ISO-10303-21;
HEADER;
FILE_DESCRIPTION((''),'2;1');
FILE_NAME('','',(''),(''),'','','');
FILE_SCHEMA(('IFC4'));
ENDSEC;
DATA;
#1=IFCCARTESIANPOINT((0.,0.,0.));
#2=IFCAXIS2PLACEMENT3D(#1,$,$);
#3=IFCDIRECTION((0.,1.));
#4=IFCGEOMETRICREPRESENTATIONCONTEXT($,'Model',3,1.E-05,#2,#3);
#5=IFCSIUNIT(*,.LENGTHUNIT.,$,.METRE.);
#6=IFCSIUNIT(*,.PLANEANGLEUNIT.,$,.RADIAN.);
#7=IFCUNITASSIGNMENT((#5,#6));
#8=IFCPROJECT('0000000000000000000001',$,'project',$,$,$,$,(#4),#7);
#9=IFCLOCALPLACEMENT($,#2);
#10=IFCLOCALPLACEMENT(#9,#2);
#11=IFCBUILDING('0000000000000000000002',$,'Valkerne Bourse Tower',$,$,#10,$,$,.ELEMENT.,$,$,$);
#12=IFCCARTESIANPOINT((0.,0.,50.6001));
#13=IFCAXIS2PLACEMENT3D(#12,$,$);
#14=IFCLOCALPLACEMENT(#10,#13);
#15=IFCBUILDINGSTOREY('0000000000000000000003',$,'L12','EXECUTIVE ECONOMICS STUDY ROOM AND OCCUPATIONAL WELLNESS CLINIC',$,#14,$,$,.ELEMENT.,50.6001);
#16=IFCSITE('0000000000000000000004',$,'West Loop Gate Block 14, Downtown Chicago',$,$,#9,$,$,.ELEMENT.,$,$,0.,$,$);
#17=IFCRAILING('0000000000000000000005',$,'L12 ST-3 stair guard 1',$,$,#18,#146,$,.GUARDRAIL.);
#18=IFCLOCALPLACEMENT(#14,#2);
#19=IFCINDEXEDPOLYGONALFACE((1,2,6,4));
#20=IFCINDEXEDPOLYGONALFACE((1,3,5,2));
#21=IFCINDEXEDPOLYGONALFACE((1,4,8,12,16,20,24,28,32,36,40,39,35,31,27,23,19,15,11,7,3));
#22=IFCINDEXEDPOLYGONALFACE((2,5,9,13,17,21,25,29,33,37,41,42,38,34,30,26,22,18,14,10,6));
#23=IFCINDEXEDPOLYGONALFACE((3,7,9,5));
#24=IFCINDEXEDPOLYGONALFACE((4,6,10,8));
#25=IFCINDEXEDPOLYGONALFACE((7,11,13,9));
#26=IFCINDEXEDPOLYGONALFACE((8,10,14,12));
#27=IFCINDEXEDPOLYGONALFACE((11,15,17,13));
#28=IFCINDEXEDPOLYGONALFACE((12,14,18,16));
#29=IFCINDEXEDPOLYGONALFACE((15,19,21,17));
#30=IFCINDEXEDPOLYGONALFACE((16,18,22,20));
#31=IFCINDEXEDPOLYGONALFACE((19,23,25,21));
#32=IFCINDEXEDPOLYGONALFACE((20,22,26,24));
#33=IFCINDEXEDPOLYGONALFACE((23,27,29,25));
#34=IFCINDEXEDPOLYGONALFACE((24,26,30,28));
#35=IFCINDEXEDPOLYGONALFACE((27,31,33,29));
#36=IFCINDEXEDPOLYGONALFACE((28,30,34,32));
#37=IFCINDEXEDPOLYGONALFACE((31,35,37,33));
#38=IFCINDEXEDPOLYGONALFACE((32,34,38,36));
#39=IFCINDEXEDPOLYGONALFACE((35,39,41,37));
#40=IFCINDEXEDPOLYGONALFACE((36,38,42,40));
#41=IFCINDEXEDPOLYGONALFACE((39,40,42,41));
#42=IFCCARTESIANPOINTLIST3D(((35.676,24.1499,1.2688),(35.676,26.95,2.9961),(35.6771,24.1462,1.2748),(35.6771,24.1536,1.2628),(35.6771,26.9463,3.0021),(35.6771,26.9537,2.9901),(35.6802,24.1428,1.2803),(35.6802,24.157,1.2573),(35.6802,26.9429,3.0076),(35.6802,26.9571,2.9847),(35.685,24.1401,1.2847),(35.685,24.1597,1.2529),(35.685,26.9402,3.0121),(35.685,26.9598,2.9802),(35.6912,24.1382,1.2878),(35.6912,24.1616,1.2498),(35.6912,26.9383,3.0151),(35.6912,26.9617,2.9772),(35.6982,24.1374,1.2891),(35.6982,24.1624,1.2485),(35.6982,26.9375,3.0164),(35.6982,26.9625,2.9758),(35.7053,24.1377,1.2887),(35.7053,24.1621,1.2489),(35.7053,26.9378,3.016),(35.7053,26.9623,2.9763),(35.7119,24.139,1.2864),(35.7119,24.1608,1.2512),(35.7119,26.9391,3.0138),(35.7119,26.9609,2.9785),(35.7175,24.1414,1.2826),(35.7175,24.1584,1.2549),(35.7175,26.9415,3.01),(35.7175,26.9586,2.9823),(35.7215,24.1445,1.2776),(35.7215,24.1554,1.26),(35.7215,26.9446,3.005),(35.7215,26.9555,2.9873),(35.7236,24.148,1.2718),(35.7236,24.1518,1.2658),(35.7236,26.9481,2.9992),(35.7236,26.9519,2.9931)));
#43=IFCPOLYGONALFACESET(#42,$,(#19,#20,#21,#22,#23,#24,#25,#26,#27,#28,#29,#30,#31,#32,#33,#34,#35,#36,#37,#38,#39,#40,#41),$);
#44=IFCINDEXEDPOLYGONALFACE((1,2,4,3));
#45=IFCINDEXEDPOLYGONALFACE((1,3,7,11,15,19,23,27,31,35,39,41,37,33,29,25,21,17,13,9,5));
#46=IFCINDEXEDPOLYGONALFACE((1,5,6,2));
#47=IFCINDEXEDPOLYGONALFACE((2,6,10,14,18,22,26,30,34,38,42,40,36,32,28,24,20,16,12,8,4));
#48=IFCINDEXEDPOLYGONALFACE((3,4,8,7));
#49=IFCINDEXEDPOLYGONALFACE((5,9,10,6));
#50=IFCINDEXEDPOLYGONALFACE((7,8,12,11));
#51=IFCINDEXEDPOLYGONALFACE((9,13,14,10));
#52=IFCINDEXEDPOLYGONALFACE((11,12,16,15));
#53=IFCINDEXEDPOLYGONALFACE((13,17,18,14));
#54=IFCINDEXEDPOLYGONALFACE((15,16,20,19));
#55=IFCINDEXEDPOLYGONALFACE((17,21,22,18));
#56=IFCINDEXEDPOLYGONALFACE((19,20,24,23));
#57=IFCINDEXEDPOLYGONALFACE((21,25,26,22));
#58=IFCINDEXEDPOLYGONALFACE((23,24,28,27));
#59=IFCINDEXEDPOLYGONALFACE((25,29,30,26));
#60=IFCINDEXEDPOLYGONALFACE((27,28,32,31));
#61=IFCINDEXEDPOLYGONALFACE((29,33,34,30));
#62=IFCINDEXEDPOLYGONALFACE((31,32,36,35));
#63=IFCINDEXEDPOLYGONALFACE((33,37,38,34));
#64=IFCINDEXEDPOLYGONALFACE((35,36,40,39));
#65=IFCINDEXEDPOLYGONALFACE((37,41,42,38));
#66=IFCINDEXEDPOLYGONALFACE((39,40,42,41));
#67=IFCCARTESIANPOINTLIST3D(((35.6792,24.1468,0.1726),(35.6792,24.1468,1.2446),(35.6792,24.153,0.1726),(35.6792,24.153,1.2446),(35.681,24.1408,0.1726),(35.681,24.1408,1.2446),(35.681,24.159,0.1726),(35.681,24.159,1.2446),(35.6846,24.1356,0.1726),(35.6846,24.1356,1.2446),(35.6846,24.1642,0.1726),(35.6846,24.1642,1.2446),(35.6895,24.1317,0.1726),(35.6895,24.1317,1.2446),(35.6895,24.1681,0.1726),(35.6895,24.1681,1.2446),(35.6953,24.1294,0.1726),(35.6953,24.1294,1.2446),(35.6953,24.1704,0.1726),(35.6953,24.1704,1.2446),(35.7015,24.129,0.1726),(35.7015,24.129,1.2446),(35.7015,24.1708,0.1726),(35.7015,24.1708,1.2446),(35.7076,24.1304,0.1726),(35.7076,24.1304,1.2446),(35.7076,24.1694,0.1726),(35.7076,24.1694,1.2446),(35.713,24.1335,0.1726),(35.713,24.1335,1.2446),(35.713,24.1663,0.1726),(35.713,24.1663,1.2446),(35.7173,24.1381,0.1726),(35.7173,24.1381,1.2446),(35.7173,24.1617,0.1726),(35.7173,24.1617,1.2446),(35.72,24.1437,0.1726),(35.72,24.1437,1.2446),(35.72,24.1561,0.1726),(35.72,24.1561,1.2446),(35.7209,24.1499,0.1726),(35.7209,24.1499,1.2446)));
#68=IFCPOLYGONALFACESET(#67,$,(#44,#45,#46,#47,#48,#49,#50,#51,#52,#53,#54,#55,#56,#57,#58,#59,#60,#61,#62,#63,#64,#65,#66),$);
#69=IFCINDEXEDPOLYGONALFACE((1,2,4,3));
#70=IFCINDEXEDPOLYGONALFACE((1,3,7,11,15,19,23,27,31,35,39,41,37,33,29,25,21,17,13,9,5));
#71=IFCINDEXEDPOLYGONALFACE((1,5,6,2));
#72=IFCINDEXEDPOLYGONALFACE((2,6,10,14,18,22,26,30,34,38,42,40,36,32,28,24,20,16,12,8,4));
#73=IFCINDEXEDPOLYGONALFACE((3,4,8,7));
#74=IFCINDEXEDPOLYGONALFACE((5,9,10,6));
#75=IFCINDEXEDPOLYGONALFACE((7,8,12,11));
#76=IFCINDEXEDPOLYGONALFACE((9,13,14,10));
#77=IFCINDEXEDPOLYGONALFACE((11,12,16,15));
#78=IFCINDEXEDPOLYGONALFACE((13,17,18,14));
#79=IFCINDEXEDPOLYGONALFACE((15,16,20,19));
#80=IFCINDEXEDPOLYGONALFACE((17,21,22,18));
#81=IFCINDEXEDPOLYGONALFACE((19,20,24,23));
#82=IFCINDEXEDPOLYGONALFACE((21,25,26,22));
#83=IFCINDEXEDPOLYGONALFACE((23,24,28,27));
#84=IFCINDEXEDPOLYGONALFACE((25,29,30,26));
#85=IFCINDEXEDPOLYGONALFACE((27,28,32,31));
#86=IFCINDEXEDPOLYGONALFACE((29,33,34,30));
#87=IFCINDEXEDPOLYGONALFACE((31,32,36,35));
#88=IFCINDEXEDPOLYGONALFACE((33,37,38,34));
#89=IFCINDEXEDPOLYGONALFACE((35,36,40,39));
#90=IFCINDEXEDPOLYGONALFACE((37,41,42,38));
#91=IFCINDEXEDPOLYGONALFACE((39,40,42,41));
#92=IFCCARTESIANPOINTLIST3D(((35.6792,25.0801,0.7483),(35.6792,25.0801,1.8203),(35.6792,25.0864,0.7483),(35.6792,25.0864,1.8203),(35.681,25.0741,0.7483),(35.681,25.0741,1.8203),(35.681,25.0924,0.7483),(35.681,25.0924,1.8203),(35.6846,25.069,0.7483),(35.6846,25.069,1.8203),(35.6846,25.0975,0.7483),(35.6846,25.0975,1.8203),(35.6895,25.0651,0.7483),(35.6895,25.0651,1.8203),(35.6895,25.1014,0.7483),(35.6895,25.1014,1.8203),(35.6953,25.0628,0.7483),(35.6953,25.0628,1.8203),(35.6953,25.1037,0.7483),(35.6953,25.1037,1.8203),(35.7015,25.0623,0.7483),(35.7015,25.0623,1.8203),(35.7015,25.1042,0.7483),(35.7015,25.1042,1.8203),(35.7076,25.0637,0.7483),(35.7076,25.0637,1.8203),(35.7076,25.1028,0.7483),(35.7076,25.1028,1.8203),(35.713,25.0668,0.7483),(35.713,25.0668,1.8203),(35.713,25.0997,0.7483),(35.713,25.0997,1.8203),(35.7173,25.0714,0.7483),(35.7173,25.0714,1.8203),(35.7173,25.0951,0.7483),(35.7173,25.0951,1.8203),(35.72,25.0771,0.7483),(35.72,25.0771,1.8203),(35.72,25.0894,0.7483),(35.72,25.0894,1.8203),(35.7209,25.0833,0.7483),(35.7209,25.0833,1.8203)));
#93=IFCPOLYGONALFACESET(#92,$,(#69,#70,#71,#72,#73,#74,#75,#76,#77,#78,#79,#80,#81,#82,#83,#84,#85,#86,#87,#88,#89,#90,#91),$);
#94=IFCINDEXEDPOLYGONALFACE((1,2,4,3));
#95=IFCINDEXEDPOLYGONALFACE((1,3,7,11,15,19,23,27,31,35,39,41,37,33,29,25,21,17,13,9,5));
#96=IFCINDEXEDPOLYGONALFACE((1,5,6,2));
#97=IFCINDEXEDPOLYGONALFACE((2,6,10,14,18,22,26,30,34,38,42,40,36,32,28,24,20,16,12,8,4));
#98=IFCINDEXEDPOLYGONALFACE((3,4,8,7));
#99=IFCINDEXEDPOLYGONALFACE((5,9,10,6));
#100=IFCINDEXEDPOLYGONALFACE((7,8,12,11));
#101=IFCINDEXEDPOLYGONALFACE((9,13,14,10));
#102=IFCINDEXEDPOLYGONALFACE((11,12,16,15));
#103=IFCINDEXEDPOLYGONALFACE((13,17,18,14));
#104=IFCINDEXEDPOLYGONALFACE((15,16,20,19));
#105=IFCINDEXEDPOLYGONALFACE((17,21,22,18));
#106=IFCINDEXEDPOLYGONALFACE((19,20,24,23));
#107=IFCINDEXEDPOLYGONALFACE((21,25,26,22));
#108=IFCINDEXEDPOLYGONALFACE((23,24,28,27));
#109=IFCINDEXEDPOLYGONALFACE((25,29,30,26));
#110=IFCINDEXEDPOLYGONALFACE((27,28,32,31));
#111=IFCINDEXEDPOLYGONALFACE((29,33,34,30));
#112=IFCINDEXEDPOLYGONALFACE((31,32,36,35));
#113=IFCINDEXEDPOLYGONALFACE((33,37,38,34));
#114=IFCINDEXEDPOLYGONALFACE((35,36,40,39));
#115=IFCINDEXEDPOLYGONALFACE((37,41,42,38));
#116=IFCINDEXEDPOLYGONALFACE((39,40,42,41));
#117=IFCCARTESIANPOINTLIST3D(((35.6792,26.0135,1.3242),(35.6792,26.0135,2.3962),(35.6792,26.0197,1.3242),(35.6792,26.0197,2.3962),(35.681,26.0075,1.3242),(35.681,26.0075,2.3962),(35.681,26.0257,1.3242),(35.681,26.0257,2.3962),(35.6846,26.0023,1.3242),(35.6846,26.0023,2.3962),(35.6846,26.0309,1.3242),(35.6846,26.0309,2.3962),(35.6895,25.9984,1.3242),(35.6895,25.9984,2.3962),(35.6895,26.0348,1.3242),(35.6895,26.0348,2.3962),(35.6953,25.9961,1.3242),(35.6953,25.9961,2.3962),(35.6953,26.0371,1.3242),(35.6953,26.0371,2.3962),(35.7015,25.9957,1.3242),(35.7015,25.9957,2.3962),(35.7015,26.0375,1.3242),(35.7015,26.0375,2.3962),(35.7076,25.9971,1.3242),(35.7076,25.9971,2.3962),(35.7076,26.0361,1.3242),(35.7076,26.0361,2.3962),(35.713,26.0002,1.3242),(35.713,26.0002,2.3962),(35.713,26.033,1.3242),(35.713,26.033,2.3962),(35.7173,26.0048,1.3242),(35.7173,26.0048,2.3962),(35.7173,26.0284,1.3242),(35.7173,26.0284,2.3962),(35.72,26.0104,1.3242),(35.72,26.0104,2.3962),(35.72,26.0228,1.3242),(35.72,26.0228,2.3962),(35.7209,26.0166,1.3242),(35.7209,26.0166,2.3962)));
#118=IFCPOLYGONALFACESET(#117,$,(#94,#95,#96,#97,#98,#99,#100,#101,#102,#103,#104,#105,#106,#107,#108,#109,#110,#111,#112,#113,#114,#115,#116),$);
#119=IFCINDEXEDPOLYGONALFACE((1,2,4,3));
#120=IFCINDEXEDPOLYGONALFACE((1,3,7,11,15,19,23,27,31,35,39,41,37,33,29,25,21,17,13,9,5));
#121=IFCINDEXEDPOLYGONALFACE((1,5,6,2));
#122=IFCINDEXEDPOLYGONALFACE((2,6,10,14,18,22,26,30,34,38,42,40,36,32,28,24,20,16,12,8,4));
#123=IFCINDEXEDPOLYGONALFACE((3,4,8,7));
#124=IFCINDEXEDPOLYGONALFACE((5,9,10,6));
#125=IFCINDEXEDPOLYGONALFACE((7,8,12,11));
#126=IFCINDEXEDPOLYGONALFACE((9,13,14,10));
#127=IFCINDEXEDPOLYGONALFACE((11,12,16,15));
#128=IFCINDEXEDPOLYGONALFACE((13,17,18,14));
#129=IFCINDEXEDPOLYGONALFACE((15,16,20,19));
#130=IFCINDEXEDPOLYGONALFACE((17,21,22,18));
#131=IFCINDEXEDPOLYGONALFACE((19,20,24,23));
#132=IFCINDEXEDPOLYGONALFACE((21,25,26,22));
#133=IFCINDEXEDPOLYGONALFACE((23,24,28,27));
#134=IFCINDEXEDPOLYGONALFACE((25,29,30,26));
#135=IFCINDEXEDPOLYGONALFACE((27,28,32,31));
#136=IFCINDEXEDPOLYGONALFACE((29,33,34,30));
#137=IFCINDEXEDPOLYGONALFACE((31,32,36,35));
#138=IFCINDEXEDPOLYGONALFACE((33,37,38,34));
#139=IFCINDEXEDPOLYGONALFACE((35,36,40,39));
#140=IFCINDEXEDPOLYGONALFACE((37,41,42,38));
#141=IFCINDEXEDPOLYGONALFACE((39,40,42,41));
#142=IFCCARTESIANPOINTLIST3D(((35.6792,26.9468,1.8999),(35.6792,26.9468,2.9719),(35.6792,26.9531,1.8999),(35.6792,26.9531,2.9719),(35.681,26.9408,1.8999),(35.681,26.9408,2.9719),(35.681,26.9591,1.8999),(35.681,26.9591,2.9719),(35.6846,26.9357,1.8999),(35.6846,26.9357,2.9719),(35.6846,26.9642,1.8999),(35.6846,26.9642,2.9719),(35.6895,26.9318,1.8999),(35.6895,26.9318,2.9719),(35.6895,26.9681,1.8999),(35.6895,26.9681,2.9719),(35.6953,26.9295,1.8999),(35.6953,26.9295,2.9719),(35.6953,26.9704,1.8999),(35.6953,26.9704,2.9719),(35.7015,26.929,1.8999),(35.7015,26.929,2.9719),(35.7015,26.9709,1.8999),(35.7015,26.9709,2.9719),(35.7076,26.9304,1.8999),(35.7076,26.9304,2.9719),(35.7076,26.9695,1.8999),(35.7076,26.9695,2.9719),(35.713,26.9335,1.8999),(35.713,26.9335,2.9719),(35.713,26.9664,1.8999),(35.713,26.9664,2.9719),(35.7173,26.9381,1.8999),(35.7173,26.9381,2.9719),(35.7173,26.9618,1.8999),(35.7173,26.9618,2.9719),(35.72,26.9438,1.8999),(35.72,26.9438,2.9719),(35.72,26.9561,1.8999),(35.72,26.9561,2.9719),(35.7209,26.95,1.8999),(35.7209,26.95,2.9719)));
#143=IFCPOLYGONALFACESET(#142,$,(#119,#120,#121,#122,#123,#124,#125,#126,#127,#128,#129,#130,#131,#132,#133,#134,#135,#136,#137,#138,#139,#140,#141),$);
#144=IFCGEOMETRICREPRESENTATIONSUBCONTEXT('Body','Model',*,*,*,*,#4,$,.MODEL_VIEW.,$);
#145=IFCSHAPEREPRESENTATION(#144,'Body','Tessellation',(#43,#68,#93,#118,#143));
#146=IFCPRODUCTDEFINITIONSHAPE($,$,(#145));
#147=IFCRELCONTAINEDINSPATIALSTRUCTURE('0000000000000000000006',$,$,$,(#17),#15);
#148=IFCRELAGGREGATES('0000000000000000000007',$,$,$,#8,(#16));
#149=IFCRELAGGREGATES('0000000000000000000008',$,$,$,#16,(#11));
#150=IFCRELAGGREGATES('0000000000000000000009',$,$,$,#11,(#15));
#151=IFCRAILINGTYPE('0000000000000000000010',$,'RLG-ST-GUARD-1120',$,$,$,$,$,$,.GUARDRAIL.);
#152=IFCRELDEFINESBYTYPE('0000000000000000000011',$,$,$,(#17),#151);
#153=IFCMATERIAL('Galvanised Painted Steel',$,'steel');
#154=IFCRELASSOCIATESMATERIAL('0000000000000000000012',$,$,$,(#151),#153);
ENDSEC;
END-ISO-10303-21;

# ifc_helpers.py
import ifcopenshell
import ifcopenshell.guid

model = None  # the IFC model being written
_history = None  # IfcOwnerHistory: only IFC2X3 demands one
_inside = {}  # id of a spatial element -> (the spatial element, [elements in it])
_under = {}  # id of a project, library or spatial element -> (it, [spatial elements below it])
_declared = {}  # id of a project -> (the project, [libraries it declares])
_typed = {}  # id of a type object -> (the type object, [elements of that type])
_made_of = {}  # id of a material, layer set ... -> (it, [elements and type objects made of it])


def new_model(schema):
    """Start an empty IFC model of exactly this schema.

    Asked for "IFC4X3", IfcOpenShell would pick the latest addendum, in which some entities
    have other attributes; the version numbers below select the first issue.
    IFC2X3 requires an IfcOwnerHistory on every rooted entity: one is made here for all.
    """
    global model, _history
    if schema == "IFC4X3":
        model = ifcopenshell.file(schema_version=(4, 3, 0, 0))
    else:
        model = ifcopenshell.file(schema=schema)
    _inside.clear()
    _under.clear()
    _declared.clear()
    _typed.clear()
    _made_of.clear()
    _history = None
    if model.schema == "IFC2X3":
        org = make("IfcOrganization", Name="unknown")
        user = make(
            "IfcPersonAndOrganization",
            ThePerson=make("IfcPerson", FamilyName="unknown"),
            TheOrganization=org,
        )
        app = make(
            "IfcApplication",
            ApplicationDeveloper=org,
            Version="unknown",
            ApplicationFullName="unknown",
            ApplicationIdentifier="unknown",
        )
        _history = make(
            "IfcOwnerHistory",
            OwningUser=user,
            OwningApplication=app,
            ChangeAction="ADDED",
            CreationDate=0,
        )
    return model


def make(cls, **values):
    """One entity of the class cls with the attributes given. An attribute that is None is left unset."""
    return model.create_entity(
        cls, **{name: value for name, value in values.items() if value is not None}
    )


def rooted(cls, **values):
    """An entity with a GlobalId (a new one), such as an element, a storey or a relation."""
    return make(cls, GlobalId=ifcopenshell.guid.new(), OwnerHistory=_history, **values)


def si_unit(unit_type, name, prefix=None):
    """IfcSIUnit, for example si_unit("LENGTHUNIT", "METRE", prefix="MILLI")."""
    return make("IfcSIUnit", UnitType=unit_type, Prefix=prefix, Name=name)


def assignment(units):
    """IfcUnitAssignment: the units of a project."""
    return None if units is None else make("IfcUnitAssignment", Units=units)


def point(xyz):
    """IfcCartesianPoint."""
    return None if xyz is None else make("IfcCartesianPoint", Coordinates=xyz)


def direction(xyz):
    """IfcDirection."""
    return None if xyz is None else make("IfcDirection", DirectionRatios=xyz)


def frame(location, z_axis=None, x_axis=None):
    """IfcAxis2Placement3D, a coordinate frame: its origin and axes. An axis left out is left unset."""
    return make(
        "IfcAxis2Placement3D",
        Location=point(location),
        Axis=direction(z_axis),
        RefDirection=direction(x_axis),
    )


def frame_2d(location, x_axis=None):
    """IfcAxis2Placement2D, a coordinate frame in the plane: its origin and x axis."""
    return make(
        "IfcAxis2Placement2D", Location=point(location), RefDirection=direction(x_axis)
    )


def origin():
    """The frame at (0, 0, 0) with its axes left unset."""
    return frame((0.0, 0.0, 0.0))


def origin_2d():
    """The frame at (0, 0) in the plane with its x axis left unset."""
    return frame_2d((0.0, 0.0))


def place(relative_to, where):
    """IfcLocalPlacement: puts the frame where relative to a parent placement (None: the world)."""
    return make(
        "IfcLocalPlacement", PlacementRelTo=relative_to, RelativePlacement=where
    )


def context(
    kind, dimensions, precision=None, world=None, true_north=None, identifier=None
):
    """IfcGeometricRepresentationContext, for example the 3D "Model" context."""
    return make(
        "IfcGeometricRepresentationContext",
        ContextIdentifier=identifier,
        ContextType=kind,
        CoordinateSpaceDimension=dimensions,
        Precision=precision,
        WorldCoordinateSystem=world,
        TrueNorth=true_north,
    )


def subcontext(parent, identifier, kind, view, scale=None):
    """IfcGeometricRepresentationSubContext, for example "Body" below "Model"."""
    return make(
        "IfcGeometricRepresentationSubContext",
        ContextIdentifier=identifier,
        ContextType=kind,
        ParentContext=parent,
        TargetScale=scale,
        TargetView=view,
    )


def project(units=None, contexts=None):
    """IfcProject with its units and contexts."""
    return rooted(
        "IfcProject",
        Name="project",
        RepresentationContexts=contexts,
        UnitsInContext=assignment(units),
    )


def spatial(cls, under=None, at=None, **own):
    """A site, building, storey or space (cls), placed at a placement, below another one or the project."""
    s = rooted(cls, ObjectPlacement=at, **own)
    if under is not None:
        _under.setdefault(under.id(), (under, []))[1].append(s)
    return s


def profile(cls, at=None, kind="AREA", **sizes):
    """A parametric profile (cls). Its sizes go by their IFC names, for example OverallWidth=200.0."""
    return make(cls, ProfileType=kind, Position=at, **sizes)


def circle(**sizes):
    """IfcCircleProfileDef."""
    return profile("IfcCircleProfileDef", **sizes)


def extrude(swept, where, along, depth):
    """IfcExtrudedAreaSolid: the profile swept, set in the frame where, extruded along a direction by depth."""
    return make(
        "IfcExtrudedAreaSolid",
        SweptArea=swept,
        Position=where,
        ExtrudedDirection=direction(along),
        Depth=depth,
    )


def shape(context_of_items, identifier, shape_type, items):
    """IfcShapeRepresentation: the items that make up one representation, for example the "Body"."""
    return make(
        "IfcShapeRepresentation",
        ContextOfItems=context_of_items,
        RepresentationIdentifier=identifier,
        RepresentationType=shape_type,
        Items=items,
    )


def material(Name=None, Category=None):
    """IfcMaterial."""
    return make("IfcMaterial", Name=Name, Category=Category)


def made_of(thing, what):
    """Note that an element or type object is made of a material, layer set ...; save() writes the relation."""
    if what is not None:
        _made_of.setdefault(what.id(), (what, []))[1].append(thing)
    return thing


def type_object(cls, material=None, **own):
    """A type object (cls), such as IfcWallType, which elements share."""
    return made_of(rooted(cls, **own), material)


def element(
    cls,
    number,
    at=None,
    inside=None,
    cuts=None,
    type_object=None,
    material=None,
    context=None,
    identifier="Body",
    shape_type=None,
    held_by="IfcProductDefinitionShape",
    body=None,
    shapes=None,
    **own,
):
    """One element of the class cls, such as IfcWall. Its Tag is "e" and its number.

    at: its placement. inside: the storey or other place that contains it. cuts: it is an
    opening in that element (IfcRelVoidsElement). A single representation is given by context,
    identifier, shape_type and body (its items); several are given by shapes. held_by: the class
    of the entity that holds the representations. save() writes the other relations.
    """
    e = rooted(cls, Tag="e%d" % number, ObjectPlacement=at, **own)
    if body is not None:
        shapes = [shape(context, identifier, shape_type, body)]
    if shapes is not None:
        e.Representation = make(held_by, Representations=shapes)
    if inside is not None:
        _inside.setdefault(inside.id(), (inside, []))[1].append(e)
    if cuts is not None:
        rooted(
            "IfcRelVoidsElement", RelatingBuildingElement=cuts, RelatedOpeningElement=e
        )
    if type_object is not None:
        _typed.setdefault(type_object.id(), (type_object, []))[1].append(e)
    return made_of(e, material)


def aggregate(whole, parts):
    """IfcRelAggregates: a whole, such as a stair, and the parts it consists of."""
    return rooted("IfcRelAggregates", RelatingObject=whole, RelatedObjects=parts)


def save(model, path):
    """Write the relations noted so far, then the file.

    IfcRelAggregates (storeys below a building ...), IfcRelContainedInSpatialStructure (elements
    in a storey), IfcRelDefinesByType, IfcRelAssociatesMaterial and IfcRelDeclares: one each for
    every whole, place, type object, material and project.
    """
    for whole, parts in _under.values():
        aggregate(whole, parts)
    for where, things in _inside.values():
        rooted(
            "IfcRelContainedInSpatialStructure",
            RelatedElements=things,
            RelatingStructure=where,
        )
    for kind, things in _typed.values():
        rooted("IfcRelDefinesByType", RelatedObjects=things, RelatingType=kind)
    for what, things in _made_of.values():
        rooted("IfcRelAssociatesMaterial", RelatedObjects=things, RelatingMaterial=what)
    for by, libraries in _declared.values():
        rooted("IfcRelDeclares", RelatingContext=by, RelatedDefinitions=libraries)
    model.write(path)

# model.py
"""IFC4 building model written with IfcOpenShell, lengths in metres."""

from ifc_helpers import new_model, si_unit, direction, frame, origin, origin_2d, place, context, subcontext, project, spatial, circle, extrude, material, type_object, element, save


model = new_model("IFC4")

# Units and contexts
model_context = context("Model", 3, precision=1e-05, world=origin(), true_north=direction((0.0, 1.0)))
body_context = subcontext(model_context, "Body", "Model", "MODEL_VIEW")
ifc_project = project(units=[si_unit("LENGTHUNIT", "METRE"), si_unit("PLANEANGLEUNIT", "RADIAN")], contexts=[model_context])

# Site, building, storey
site_placement = place(None, origin())
site = spatial("IfcSite", under=ifc_project, at=site_placement, Name="West Loop Gate Block 14, Downtown Chicago", CompositionType="ELEMENT", RefElevation=0.0)
building_placement = place(site_placement, origin())
building = spatial("IfcBuilding", under=site, at=building_placement, Name="Valkerne Bourse Tower", CompositionType="ELEMENT")
storey_placement = place(building_placement, frame((0.0, 0.0, 50.6001)))
storey = spatial("IfcBuildingStorey", under=building, at=storey_placement, Name="L12", Description="EXECUTIVE ECONOMICS STUDY ROOM AND OCCUPATIONAL WELLNESS CLINIC", CompositionType="ELEMENT", Elevation=50.6001)

# Shared definitions
ifc_material_1 = material(Name="Galvanised Painted Steel", Category="steel")

# Railing
railing_type_1 = type_object("IfcRailingType", Name="RLG-ST-GUARD-1120", PredefinedType="GUARDRAIL", material=ifc_material_1)
railing_1_placement = place(storey_placement, frame((35.7, 24.1499, 0.1726)))
element("IfcRailing", 1, at=railing_1_placement, inside=storey, type_object=railing_type_1, Name="L12 ST-3 stair guard 1", PredefinedType="GUARDRAIL", context=body_context, shape_type="SweptSolid", body=[
    extrude(circle(Radius=0.0239, at=origin_2d()), frame((0.0, 0.0, 1.0962), z_axis=(0.0, 0.85109, 0.52502), x_axis=(-1.0, 0.0, 0.0)), (0.0, 0.0, 1.0), 3.29),
    extrude(circle(Radius=0.021, at=origin_2d()), origin(), (0.0, 0.0, 1.0), 1.072),
    extrude(circle(Radius=0.021, at=origin_2d()), frame((0.0, 0.9333, 0.5757)), (0.0, 0.0, 1.0), 1.072),
    extrude(circle(Radius=0.021, at=origin_2d()), frame((0.0, 1.8667, 1.1516)), (0.0, 0.0, 1.0), 1.072),
    extrude(circle(Radius=0.021, at=origin_2d()), frame((0.0, 2.8, 1.7273)), (0.0, 0.0, 1.0), 1.072),
])

save(model, "model.ifc")
